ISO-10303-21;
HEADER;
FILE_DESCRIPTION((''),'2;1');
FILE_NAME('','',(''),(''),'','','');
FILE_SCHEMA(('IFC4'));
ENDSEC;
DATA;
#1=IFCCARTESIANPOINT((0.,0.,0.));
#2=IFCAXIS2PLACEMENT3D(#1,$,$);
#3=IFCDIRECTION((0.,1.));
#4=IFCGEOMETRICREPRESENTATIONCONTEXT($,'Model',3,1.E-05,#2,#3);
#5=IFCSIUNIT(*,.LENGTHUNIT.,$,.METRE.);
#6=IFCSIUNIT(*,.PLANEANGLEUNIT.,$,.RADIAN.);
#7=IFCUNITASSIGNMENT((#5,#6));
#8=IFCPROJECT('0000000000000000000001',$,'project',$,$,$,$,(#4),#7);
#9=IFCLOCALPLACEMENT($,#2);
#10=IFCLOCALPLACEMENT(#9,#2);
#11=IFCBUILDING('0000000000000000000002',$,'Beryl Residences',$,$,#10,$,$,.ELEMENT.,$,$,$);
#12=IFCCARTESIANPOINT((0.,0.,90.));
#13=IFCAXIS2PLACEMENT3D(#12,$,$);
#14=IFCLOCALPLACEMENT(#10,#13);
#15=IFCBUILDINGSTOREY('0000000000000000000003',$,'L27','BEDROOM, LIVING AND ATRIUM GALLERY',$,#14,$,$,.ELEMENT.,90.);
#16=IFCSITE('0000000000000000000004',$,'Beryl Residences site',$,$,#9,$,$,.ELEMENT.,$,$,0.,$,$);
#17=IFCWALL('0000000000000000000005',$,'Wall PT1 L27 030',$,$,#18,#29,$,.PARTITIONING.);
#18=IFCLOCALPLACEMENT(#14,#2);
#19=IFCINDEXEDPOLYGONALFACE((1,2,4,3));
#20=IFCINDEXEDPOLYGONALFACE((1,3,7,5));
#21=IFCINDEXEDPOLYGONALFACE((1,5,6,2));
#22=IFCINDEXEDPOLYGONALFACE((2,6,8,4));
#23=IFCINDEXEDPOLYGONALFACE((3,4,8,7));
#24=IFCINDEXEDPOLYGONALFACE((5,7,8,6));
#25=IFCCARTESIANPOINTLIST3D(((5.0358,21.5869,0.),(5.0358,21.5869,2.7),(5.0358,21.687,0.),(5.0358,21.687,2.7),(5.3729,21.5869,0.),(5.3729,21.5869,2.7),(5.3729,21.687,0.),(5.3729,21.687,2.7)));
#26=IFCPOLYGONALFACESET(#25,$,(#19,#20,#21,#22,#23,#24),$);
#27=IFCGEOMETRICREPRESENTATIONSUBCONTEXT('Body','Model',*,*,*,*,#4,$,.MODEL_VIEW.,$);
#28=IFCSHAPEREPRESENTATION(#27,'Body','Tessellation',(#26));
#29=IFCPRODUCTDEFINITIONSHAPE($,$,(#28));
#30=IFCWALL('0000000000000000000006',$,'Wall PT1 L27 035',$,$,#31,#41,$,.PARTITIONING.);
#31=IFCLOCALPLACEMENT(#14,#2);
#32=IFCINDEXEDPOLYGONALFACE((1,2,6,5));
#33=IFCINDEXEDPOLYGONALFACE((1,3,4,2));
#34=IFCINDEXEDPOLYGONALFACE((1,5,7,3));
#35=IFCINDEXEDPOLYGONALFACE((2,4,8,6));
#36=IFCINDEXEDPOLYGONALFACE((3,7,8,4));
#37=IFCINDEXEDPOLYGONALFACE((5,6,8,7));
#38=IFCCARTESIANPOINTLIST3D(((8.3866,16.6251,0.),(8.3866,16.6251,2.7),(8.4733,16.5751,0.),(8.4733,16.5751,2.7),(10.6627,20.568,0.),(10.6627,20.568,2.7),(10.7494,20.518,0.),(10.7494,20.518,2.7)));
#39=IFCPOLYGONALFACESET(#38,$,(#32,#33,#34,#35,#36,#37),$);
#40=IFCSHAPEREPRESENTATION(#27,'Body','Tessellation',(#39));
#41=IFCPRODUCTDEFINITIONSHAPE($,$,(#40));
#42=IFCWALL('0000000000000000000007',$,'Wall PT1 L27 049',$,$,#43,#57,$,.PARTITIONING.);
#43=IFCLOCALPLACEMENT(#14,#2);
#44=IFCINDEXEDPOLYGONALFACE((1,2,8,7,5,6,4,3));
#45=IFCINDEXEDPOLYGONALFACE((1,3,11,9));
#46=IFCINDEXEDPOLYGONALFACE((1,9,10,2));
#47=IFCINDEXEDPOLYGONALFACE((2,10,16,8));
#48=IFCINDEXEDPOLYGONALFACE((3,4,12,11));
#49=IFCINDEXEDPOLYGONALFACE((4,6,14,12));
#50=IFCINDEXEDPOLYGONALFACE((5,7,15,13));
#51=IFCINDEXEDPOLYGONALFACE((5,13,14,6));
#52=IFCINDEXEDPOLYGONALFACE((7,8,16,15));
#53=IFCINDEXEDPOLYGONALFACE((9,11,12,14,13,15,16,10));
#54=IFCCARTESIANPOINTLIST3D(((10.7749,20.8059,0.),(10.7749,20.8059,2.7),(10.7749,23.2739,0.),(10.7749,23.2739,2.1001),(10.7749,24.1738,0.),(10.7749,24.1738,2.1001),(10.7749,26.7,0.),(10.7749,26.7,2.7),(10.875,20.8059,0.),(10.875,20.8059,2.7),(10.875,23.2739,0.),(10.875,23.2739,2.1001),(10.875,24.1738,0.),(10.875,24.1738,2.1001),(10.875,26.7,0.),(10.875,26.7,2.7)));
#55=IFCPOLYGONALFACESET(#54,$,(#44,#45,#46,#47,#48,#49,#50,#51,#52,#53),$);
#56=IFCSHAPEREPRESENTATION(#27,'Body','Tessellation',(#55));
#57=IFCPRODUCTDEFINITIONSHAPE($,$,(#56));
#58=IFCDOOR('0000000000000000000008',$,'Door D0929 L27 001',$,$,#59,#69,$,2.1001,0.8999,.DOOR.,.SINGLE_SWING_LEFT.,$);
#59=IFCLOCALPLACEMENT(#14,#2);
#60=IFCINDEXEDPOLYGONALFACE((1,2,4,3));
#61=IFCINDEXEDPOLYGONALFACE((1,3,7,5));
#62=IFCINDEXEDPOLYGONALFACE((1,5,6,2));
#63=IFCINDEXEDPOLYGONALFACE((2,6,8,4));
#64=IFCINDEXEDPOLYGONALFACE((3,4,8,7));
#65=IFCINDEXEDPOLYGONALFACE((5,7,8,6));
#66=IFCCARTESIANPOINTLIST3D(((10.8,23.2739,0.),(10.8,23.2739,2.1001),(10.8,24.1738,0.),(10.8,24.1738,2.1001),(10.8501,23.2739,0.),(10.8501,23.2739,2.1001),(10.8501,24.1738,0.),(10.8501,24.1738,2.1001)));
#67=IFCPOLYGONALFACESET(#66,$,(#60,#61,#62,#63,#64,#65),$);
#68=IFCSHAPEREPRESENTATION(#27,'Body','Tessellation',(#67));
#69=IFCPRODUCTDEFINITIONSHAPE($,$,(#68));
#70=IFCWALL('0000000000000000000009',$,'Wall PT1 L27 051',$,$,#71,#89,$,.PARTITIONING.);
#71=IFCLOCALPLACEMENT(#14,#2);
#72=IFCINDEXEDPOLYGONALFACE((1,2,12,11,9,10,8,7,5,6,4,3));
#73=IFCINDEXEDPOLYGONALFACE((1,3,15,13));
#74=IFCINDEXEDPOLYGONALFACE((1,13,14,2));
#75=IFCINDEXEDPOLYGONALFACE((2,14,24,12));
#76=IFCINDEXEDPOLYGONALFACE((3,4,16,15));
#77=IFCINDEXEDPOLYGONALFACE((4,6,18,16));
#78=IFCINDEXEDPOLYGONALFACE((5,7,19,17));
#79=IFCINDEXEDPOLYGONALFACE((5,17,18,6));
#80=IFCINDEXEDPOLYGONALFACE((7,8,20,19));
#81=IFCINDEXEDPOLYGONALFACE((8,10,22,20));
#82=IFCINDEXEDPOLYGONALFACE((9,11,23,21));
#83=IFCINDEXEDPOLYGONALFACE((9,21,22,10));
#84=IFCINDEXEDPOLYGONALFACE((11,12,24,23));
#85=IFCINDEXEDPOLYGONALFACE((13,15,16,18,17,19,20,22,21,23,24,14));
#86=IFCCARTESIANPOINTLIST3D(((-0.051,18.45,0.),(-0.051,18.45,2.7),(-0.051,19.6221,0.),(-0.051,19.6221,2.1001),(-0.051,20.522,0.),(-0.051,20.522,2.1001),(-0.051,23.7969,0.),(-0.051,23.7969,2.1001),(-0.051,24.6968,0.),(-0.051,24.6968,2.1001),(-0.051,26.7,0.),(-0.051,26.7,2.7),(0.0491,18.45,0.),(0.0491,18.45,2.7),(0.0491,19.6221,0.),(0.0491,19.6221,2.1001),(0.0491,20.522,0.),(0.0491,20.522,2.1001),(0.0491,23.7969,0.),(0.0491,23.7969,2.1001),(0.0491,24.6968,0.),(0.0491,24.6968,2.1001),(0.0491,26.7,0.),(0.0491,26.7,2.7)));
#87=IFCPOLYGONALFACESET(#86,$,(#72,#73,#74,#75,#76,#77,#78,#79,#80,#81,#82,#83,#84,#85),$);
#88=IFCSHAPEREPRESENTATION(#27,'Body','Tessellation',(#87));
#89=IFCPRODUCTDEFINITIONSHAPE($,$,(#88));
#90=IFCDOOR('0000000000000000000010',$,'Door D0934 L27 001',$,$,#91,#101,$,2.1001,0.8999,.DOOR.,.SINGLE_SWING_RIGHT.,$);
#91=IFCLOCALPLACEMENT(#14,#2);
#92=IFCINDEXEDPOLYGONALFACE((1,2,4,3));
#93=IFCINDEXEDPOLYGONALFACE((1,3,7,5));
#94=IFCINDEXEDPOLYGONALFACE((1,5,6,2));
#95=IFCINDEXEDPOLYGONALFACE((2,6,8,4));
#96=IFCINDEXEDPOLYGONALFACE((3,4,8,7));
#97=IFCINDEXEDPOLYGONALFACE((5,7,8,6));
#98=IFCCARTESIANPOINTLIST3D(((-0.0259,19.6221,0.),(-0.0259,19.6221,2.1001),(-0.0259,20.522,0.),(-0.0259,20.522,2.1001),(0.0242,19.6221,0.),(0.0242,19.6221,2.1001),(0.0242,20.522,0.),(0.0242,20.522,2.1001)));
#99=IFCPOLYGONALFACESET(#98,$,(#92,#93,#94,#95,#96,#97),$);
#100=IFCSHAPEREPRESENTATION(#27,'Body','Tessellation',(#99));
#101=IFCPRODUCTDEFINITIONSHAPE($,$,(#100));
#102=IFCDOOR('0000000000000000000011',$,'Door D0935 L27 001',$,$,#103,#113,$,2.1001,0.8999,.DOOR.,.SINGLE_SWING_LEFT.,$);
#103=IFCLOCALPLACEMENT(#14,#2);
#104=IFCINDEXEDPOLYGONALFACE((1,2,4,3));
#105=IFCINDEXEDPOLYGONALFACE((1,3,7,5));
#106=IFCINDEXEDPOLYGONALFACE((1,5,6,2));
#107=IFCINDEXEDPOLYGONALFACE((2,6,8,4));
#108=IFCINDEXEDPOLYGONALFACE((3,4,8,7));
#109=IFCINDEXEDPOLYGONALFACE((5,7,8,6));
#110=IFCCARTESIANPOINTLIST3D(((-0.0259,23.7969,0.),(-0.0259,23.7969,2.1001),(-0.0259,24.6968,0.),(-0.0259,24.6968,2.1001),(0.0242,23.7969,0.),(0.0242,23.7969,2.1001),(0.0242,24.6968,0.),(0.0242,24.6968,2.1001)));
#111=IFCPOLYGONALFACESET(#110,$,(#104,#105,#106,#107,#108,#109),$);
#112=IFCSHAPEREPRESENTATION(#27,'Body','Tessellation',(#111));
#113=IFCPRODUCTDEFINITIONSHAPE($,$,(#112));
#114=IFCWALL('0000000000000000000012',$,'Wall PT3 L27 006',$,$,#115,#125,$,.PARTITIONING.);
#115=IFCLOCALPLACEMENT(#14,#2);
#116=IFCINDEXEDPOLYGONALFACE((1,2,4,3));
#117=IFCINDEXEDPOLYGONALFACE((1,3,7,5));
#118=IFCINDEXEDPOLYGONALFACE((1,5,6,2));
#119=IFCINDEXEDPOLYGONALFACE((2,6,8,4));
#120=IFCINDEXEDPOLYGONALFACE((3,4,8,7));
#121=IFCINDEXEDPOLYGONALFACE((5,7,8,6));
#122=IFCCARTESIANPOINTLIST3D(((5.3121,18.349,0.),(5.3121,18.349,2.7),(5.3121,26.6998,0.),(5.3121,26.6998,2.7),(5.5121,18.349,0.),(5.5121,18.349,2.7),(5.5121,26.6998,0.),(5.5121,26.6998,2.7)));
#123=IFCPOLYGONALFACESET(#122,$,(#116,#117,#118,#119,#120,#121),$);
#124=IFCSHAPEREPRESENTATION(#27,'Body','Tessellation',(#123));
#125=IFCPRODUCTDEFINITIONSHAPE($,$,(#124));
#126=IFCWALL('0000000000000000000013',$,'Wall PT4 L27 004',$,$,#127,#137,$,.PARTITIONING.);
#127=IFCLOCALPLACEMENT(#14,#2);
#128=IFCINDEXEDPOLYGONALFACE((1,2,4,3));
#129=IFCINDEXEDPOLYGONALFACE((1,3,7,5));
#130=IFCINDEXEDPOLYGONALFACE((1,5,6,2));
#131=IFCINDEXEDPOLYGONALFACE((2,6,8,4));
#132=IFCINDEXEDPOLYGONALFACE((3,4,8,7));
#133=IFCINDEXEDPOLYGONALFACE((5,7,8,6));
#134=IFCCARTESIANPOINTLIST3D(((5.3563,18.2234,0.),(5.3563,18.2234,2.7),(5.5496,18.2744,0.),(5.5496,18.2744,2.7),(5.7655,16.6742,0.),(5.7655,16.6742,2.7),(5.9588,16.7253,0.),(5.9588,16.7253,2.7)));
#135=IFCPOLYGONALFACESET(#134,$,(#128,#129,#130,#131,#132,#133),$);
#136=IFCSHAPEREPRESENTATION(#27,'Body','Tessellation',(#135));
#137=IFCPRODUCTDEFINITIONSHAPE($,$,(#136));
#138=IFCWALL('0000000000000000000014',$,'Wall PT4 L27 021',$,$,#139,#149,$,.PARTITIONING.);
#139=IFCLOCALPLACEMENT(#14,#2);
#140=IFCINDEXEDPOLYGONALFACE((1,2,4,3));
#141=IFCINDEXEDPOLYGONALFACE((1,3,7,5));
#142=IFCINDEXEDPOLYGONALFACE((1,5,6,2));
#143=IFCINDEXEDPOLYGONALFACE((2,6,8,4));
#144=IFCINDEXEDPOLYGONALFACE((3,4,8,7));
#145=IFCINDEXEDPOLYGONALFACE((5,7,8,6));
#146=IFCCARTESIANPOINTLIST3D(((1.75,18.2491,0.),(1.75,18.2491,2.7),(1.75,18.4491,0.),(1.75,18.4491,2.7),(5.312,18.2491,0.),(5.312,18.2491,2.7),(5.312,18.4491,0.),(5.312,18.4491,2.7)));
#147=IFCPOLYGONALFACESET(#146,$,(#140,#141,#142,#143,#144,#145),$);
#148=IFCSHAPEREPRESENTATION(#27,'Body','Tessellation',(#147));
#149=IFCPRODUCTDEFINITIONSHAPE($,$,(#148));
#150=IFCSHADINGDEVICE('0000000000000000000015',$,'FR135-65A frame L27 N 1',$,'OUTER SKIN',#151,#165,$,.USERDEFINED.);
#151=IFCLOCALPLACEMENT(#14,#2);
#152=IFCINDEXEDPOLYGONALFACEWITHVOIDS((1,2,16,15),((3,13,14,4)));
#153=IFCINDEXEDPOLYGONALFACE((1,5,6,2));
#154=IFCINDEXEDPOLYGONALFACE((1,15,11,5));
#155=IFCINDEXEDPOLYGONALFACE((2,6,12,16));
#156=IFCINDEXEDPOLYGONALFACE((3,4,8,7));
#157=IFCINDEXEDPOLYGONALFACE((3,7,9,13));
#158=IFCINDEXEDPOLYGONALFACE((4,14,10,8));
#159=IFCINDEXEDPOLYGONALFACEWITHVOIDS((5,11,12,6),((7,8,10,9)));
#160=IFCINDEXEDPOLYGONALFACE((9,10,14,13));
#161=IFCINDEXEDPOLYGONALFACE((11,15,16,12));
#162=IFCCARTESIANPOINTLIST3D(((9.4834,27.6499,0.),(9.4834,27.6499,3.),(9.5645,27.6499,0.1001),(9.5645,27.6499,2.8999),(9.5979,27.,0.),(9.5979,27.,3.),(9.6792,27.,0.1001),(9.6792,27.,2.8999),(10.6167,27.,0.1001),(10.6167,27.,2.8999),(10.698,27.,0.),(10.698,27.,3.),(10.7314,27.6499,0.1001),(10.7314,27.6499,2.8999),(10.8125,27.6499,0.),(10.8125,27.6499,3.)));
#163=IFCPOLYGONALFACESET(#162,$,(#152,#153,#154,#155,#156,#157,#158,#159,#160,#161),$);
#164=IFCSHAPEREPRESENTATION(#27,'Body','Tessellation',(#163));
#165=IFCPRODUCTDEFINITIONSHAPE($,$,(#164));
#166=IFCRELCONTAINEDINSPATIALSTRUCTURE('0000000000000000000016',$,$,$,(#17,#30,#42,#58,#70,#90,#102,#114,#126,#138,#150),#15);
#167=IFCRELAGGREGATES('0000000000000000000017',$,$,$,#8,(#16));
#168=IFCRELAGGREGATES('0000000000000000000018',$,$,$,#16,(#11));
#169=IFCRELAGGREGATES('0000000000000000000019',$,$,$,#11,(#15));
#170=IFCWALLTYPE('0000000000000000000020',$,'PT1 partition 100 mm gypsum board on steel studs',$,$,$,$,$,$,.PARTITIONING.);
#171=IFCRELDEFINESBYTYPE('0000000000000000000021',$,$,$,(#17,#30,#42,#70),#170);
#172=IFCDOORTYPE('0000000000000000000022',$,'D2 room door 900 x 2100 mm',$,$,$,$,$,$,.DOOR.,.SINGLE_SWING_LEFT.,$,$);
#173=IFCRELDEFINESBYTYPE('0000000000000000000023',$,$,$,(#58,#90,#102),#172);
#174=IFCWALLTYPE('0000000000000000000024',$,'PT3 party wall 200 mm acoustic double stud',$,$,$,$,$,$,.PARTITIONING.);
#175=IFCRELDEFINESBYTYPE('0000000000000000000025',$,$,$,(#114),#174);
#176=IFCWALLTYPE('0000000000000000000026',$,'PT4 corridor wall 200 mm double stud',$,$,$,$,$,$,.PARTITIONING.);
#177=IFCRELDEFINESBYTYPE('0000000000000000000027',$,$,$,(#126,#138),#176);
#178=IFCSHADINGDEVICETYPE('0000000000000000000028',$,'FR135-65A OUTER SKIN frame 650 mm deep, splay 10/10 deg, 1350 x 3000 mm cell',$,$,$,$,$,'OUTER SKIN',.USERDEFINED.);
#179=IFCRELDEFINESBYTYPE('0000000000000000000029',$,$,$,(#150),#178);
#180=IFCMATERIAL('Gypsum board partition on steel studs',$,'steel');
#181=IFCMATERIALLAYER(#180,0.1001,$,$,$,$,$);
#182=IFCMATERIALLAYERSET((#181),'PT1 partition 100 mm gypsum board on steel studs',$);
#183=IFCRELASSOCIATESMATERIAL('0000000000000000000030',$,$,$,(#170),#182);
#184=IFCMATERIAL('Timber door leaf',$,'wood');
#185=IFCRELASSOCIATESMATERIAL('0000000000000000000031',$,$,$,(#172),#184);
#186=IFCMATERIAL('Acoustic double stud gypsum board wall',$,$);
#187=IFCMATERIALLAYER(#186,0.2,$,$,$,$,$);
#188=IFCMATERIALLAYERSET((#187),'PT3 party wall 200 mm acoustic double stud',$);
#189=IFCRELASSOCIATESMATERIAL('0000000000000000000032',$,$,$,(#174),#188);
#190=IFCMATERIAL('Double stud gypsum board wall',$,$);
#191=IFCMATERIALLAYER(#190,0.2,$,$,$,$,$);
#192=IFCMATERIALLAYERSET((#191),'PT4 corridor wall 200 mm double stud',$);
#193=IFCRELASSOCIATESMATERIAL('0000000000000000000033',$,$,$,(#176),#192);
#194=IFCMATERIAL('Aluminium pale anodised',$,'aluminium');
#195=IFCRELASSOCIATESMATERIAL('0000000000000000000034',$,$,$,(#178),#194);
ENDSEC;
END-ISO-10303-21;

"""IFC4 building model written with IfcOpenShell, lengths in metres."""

from ifc_helpers import new_model, entity, si_unit, direction, frame, frame_2d, origin, place, context, subcontext, project, spatial, rectangle, extrude, source, transform, mapped, material, layer, layer_set, type_object, type_shapes, element, fill, save


model = new_model("IFC4")

# Units and contexts
model_context = context("Model", 3, precision=1e-05, world=origin(), true_north=direction((0.0, 1.0)))
body_context = subcontext(model_context, "Body", "Model", "MODEL_VIEW")
ifc_project = project(units=[si_unit("LENGTHUNIT", "METRE"), si_unit("PLANEANGLEUNIT", "RADIAN")], contexts=[model_context])

# Site, building, storey
site_placement = place(None, origin())
site = spatial("IfcSite", under=ifc_project, at=site_placement, Name="Beryl Residences site", CompositionType="ELEMENT", RefElevation=0.0)
building_placement = place(site_placement, origin())
building = spatial("IfcBuilding", under=site, at=building_placement, Name="Beryl Residences", CompositionType="ELEMENT")
storey_placement = place(building_placement, frame((0.0, 0.0, 90.0)))
storey = spatial("IfcBuildingStorey", under=building, at=storey_placement, Name="L27", Description="BEDROOM, LIVING AND ATRIUM GALLERY", CompositionType="ELEMENT", Elevation=90.0)

# Shared definitions
ifc_material_1 = material(Name="Gypsum board partition on steel studs", Category="steel")
ifc_layer_1 = layer(ifc_material_1, 0.1001)
ifc_layer_set_1 = layer_set([ifc_layer_1], Name="PT1 partition 100 mm gypsum board on steel studs")
wall_type_1 = type_object("IfcWallType", Name="PT1 partition 100 mm gypsum board on steel studs", PredefinedType="PARTITIONING", material=ifc_layer_set_1)

# Walls
wall_1_placement = place(storey_placement, frame((5.0359, 21.637, 0.0), z_axis=(0.0, 0.0, 1.0), x_axis=(1.0, 0.0, 0.0)))
element("IfcWall", 1, at=wall_1_placement, inside=storey, type_object=wall_type_1, Name="Wall PT1 L27 030", PredefinedType="PARTITIONING", context=body_context, shape_type="SweptSolid", body=[
    extrude(rectangle(XDim=0.3372, YDim=0.1001, at=frame_2d((0.1685, 0.0))), origin(), (0.0, 0.0, 1.0), 2.7),
])
wall_2_placement = place(storey_placement, frame((8.4299, 16.6001, 0.0), z_axis=(0.0, 0.0, 1.0), x_axis=(0.499951, 0.866053, 0.0)))
element("IfcWall", 2, at=wall_2_placement, inside=storey, type_object=wall_type_1, Name="Wall PT1 L27 035", PredefinedType="PARTITIONING", context=body_context, shape_type="SweptSolid", body=[
    extrude(rectangle(XDim=4.5527, YDim=0.1001, at=frame_2d((2.2764, 0.0))), origin(), (0.0, 0.0, 1.0), 2.7),
])

# Wall, opening, door
wall_3_placement = place(storey_placement, frame((10.825, 20.8059, 0.0), z_axis=(0.0, 0.0, 1.0), x_axis=(0.0, 1.0, 0.0)))
wall_3 = element("IfcWall", 3, at=wall_3_placement, inside=storey, type_object=wall_type_1, Name="Wall PT1 L27 049", PredefinedType="PARTITIONING", context=body_context, shape_type="SweptSolid", body=[
    extrude(rectangle(XDim=5.894, YDim=0.1001, at=frame_2d((2.947, 0.0))), origin(), (0.0, 0.0, 1.0), 2.7),
])
opening_1_placement = place(wall_3_placement, frame((2.468, 0.0, 0.0)))
opening_1 = element("IfcOpeningElement", 4, at=opening_1_placement, cuts=wall_3, PredefinedType="OPENING", context=body_context, shape_type="SweptSolid", body=[
    extrude(rectangle(XDim=0.8999, YDim=2.1001, at=frame_2d((0.45, 1.05))), frame((0.0, 0.0601, 0.0), z_axis=(0.0, -1.0, 0.0), x_axis=(1.0, 0.0, 0.0)), (0.0, 0.0, 1.0), 0.1201),
])
ifc_material_2 = material(Name="Timber door leaf", Category="wood")
door_type_1 = type_object("IfcDoorType", Name="D2 room door 900 x 2100 mm", OperationType="SINGLE_SWING_LEFT", PredefinedType="DOOR", material=ifc_material_2)
door_1_placement = place(opening_1_placement, origin())
door_1 = element("IfcDoor", 5, at=door_1_placement, inside=storey, type_object=door_type_1, Name="Door D0929 L27 001", OperationType="SINGLE_SWING_LEFT", OverallHeight=2.1001, OverallWidth=0.8999, PredefinedType="DOOR", context=body_context, shape_type="SweptSolid", body=[
    extrude(rectangle(XDim=0.8999, YDim=2.1001, at=frame_2d((0.45, 1.05))), frame((0.0, 0.0249, 0.0), z_axis=(0.0, -1.0, 0.0), x_axis=(1.0, 0.0, 0.0)), (0.0, 0.0, 1.0), 0.05),
])
fill(opening_1, door_1)

# Wall, openings, doors
wall_4_placement = place(storey_placement, frame((-0.001, 18.45, 0.0), z_axis=(0.0, 0.0, 1.0), x_axis=(0.0, 1.0, 0.0)))
wall_4 = element("IfcWall", 6, at=wall_4_placement, inside=storey, type_object=wall_type_1, Name="Wall PT1 L27 051", PredefinedType="PARTITIONING", context=body_context, shape_type="SweptSolid", body=[
    extrude(rectangle(XDim=8.25, YDim=0.1001, at=frame_2d((4.125, 0.0))), origin(), (0.0, 0.0, 1.0), 2.7),
])
opening_2_placement = place(wall_4_placement, frame((1.1721, 0.0, 0.0)))
opening_2 = element("IfcOpeningElement", 7, at=opening_2_placement, cuts=wall_4, PredefinedType="OPENING", context=body_context, shape_type="SweptSolid", body=[
    extrude(rectangle(XDim=0.8999, YDim=2.1001, at=frame_2d((0.45, 1.05))), frame((0.0, 0.0601, 0.0), z_axis=(0.0, -1.0, 0.0), x_axis=(1.0, 0.0, 0.0)), (0.0, 0.0, 1.0), 0.1201),
])
opening_3_placement = place(wall_4_placement, frame((5.3469, 0.0, 0.0)))
opening_3 = element("IfcOpeningElement", 8, at=opening_3_placement, cuts=wall_4, PredefinedType="OPENING", context=body_context, shape_type="SweptSolid", body=[
    extrude(rectangle(XDim=0.8999, YDim=2.1001, at=frame_2d((0.45, 1.05))), frame((0.0, 0.0601, 0.0), z_axis=(0.0, -1.0, 0.0), x_axis=(1.0, 0.0, 0.0)), (0.0, 0.0, 1.0), 0.1201),
])
door_2_placement = place(opening_2_placement, origin())
door_2 = element("IfcDoor", 9, at=door_2_placement, inside=storey, type_object=door_type_1, Name="Door D0934 L27 001", OperationType="SINGLE_SWING_RIGHT", OverallHeight=2.1001, OverallWidth=0.8999, PredefinedType="DOOR", context=body_context, shape_type="SweptSolid", body=[
    extrude(rectangle(XDim=0.8999, YDim=2.1001, at=frame_2d((0.45, 1.05))), frame((0.0, 0.0249, 0.0), z_axis=(0.0, -1.0, 0.0), x_axis=(1.0, 0.0, 0.0)), (0.0, 0.0, 1.0), 0.05),
])
fill(opening_2, door_2)
door_3_placement = place(opening_3_placement, origin())
door_3 = element("IfcDoor", 10, at=door_3_placement, inside=storey, type_object=door_type_1, Name="Door D0935 L27 001", OperationType="SINGLE_SWING_LEFT", OverallHeight=2.1001, OverallWidth=0.8999, PredefinedType="DOOR", context=body_context, shape_type="SweptSolid", body=[
    extrude(rectangle(XDim=0.8999, YDim=2.1001, at=frame_2d((0.45, 1.05))), frame((0.0, 0.0249, 0.0), z_axis=(0.0, -1.0, 0.0), x_axis=(1.0, 0.0, 0.0)), (0.0, 0.0, 1.0), 0.05),
])
fill(opening_3, door_3)

# Walls
ifc_material_3 = material(Name="Acoustic double stud gypsum board wall")
ifc_layer_2 = layer(ifc_material_3, 0.2)
ifc_layer_set_2 = layer_set([ifc_layer_2], Name="PT3 party wall 200 mm acoustic double stud")
wall_type_2 = type_object("IfcWallType", Name="PT3 party wall 200 mm acoustic double stud", PredefinedType="PARTITIONING", material=ifc_layer_set_2)
wall_5_placement = place(storey_placement, frame((5.4121, 18.3491, 0.0), z_axis=(0.0, 0.0, 1.0), x_axis=(0.0, 1.0, 0.0)))
element("IfcWall", 11, at=wall_5_placement, inside=storey, type_object=wall_type_2, Name="Wall PT3 L27 006", PredefinedType="PARTITIONING", context=body_context, shape_type="SweptSolid", body=[
    extrude(rectangle(XDim=8.3508, YDim=0.2, at=frame_2d((4.1753, 0.0))), origin(), (0.0, 0.0, 1.0), 2.7),
])
ifc_material_4 = material(Name="Double stud gypsum board wall")
ifc_layer_3 = layer(ifc_material_4, 0.2)
ifc_layer_set_3 = layer_set([ifc_layer_3], Name="PT4 corridor wall 200 mm double stud")
wall_type_3 = type_object("IfcWallType", Name="PT4 corridor wall 200 mm double stud", PredefinedType="PARTITIONING", material=ifc_layer_set_3)
wall_6_placement = place(storey_placement, frame((5.4529, 18.249, 0.0), z_axis=(0.0, 0.0, 1.0), x_axis=(0.255386, -0.966839, 0.0)))
element("IfcWall", 12, at=wall_6_placement, inside=storey, type_object=wall_type_3, Name="Wall PT4 L27 004", PredefinedType="PARTITIONING", context=body_context, shape_type="SweptSolid", body=[
    extrude(rectangle(XDim=1.6023, YDim=0.2, at=frame_2d((0.8013, 0.0))), origin(), (0.0, 0.0, 1.0), 2.7),
])
wall_7_placement = place(storey_placement, frame((1.75, 18.3491, 0.0), z_axis=(0.0, 0.0, 1.0), x_axis=(1.0, 0.0, 0.0)))
element("IfcWall", 13, at=wall_7_placement, inside=storey, type_object=wall_type_3, Name="Wall PT4 L27 021", PredefinedType="PARTITIONING", context=body_context, shape_type="SweptSolid", body=[
    extrude(rectangle(XDim=3.562, YDim=0.2, at=frame_2d((1.781, 0.0))), origin(), (0.0, 0.0, 1.0), 2.7),
])

# Shading device
ifc_material_5 = material(Name="Aluminium pale anodised", Category="aluminium")
shading_device_type_1 = type_object("IfcShadingDeviceType", Name="FR135-65A OUTER SKIN frame 650 mm deep, splay 10/10 deg, 1350 x 3000 mm cell", ElementType="OUTER SKIN", PredefinedType="USERDEFINED", material=ifc_material_5)
cartesian_point_1 = entity("IfcCartesianPoint", [-0.55, 0.0])
cartesian_point_2 = entity("IfcCartesianPoint", [-0.4688, 0.1001])
cartesian_point_3 = entity("IfcCartesianPoint", [-0.6646, 0.0])
cartesian_point_4 = entity("IfcCartesianPoint", [-0.5835, 0.1001])
shared_shape_1 = source(origin(), body_context, "Body", "SweptSolid", [
    entity("IfcExtrudedAreaSolidTapered", entity("IfcArbitraryProfileDefWithVoids", "AREA", None, entity("IfcPolyline", [cartesian_point_1, entity("IfcCartesianPoint", [0.55, 0.0]), entity("IfcCartesianPoint", [0.55, 3.0]), entity("IfcCartesianPoint", [-0.55, 3.0]), cartesian_point_1]), [entity("IfcPolyline", [cartesian_point_2, entity("IfcCartesianPoint", [0.4688, 0.1001]), entity("IfcCartesianPoint", [0.4688, 2.8999]), entity("IfcCartesianPoint", [-0.4688, 2.8999]), cartesian_point_2])]), entity("IfcAxis2Placement3D", entity("IfcCartesianPoint", [0.0, 0.0, 0.0]), entity("IfcDirection", [0.0, 1.0, 0.0]), entity("IfcDirection", [-1.0, 0.0, 0.0])), entity("IfcDirection", [0.0, 0.0, 1.0]), 0.6499, entity("IfcArbitraryProfileDefWithVoids", "AREA", None, entity("IfcPolyline", [cartesian_point_3, entity("IfcCartesianPoint", [0.6646, 0.0]), entity("IfcCartesianPoint", [0.6646, 3.0]), entity("IfcCartesianPoint", [-0.6646, 3.0]), cartesian_point_3]), [entity("IfcPolyline", [cartesian_point_4, entity("IfcCartesianPoint", [0.5835, 0.1001]), entity("IfcCartesianPoint", [0.5835, 2.8999]), entity("IfcCartesianPoint", [-0.5835, 2.8999]), cartesian_point_4])])),
])
type_shapes(shading_device_type_1, [shared_shape_1])
shading_device_placement = place(storey_placement, frame((10.1479, 27.0, 0.0), z_axis=(0.0, 0.0, 1.0), x_axis=(1.0, 0.0, 0.0)))
element("IfcShadingDevice", 14, at=shading_device_placement, inside=storey, type_object=shading_device_type_1, Name="FR135-65A frame L27 N 1", ObjectType="OUTER SKIN", PredefinedType="USERDEFINED", context=body_context, shape_type="MappedRepresentation", body=[
    mapped(shared_shape_1, transform((0.0, 0.0, 0.0))),
])

save(model, "model.ifc")
